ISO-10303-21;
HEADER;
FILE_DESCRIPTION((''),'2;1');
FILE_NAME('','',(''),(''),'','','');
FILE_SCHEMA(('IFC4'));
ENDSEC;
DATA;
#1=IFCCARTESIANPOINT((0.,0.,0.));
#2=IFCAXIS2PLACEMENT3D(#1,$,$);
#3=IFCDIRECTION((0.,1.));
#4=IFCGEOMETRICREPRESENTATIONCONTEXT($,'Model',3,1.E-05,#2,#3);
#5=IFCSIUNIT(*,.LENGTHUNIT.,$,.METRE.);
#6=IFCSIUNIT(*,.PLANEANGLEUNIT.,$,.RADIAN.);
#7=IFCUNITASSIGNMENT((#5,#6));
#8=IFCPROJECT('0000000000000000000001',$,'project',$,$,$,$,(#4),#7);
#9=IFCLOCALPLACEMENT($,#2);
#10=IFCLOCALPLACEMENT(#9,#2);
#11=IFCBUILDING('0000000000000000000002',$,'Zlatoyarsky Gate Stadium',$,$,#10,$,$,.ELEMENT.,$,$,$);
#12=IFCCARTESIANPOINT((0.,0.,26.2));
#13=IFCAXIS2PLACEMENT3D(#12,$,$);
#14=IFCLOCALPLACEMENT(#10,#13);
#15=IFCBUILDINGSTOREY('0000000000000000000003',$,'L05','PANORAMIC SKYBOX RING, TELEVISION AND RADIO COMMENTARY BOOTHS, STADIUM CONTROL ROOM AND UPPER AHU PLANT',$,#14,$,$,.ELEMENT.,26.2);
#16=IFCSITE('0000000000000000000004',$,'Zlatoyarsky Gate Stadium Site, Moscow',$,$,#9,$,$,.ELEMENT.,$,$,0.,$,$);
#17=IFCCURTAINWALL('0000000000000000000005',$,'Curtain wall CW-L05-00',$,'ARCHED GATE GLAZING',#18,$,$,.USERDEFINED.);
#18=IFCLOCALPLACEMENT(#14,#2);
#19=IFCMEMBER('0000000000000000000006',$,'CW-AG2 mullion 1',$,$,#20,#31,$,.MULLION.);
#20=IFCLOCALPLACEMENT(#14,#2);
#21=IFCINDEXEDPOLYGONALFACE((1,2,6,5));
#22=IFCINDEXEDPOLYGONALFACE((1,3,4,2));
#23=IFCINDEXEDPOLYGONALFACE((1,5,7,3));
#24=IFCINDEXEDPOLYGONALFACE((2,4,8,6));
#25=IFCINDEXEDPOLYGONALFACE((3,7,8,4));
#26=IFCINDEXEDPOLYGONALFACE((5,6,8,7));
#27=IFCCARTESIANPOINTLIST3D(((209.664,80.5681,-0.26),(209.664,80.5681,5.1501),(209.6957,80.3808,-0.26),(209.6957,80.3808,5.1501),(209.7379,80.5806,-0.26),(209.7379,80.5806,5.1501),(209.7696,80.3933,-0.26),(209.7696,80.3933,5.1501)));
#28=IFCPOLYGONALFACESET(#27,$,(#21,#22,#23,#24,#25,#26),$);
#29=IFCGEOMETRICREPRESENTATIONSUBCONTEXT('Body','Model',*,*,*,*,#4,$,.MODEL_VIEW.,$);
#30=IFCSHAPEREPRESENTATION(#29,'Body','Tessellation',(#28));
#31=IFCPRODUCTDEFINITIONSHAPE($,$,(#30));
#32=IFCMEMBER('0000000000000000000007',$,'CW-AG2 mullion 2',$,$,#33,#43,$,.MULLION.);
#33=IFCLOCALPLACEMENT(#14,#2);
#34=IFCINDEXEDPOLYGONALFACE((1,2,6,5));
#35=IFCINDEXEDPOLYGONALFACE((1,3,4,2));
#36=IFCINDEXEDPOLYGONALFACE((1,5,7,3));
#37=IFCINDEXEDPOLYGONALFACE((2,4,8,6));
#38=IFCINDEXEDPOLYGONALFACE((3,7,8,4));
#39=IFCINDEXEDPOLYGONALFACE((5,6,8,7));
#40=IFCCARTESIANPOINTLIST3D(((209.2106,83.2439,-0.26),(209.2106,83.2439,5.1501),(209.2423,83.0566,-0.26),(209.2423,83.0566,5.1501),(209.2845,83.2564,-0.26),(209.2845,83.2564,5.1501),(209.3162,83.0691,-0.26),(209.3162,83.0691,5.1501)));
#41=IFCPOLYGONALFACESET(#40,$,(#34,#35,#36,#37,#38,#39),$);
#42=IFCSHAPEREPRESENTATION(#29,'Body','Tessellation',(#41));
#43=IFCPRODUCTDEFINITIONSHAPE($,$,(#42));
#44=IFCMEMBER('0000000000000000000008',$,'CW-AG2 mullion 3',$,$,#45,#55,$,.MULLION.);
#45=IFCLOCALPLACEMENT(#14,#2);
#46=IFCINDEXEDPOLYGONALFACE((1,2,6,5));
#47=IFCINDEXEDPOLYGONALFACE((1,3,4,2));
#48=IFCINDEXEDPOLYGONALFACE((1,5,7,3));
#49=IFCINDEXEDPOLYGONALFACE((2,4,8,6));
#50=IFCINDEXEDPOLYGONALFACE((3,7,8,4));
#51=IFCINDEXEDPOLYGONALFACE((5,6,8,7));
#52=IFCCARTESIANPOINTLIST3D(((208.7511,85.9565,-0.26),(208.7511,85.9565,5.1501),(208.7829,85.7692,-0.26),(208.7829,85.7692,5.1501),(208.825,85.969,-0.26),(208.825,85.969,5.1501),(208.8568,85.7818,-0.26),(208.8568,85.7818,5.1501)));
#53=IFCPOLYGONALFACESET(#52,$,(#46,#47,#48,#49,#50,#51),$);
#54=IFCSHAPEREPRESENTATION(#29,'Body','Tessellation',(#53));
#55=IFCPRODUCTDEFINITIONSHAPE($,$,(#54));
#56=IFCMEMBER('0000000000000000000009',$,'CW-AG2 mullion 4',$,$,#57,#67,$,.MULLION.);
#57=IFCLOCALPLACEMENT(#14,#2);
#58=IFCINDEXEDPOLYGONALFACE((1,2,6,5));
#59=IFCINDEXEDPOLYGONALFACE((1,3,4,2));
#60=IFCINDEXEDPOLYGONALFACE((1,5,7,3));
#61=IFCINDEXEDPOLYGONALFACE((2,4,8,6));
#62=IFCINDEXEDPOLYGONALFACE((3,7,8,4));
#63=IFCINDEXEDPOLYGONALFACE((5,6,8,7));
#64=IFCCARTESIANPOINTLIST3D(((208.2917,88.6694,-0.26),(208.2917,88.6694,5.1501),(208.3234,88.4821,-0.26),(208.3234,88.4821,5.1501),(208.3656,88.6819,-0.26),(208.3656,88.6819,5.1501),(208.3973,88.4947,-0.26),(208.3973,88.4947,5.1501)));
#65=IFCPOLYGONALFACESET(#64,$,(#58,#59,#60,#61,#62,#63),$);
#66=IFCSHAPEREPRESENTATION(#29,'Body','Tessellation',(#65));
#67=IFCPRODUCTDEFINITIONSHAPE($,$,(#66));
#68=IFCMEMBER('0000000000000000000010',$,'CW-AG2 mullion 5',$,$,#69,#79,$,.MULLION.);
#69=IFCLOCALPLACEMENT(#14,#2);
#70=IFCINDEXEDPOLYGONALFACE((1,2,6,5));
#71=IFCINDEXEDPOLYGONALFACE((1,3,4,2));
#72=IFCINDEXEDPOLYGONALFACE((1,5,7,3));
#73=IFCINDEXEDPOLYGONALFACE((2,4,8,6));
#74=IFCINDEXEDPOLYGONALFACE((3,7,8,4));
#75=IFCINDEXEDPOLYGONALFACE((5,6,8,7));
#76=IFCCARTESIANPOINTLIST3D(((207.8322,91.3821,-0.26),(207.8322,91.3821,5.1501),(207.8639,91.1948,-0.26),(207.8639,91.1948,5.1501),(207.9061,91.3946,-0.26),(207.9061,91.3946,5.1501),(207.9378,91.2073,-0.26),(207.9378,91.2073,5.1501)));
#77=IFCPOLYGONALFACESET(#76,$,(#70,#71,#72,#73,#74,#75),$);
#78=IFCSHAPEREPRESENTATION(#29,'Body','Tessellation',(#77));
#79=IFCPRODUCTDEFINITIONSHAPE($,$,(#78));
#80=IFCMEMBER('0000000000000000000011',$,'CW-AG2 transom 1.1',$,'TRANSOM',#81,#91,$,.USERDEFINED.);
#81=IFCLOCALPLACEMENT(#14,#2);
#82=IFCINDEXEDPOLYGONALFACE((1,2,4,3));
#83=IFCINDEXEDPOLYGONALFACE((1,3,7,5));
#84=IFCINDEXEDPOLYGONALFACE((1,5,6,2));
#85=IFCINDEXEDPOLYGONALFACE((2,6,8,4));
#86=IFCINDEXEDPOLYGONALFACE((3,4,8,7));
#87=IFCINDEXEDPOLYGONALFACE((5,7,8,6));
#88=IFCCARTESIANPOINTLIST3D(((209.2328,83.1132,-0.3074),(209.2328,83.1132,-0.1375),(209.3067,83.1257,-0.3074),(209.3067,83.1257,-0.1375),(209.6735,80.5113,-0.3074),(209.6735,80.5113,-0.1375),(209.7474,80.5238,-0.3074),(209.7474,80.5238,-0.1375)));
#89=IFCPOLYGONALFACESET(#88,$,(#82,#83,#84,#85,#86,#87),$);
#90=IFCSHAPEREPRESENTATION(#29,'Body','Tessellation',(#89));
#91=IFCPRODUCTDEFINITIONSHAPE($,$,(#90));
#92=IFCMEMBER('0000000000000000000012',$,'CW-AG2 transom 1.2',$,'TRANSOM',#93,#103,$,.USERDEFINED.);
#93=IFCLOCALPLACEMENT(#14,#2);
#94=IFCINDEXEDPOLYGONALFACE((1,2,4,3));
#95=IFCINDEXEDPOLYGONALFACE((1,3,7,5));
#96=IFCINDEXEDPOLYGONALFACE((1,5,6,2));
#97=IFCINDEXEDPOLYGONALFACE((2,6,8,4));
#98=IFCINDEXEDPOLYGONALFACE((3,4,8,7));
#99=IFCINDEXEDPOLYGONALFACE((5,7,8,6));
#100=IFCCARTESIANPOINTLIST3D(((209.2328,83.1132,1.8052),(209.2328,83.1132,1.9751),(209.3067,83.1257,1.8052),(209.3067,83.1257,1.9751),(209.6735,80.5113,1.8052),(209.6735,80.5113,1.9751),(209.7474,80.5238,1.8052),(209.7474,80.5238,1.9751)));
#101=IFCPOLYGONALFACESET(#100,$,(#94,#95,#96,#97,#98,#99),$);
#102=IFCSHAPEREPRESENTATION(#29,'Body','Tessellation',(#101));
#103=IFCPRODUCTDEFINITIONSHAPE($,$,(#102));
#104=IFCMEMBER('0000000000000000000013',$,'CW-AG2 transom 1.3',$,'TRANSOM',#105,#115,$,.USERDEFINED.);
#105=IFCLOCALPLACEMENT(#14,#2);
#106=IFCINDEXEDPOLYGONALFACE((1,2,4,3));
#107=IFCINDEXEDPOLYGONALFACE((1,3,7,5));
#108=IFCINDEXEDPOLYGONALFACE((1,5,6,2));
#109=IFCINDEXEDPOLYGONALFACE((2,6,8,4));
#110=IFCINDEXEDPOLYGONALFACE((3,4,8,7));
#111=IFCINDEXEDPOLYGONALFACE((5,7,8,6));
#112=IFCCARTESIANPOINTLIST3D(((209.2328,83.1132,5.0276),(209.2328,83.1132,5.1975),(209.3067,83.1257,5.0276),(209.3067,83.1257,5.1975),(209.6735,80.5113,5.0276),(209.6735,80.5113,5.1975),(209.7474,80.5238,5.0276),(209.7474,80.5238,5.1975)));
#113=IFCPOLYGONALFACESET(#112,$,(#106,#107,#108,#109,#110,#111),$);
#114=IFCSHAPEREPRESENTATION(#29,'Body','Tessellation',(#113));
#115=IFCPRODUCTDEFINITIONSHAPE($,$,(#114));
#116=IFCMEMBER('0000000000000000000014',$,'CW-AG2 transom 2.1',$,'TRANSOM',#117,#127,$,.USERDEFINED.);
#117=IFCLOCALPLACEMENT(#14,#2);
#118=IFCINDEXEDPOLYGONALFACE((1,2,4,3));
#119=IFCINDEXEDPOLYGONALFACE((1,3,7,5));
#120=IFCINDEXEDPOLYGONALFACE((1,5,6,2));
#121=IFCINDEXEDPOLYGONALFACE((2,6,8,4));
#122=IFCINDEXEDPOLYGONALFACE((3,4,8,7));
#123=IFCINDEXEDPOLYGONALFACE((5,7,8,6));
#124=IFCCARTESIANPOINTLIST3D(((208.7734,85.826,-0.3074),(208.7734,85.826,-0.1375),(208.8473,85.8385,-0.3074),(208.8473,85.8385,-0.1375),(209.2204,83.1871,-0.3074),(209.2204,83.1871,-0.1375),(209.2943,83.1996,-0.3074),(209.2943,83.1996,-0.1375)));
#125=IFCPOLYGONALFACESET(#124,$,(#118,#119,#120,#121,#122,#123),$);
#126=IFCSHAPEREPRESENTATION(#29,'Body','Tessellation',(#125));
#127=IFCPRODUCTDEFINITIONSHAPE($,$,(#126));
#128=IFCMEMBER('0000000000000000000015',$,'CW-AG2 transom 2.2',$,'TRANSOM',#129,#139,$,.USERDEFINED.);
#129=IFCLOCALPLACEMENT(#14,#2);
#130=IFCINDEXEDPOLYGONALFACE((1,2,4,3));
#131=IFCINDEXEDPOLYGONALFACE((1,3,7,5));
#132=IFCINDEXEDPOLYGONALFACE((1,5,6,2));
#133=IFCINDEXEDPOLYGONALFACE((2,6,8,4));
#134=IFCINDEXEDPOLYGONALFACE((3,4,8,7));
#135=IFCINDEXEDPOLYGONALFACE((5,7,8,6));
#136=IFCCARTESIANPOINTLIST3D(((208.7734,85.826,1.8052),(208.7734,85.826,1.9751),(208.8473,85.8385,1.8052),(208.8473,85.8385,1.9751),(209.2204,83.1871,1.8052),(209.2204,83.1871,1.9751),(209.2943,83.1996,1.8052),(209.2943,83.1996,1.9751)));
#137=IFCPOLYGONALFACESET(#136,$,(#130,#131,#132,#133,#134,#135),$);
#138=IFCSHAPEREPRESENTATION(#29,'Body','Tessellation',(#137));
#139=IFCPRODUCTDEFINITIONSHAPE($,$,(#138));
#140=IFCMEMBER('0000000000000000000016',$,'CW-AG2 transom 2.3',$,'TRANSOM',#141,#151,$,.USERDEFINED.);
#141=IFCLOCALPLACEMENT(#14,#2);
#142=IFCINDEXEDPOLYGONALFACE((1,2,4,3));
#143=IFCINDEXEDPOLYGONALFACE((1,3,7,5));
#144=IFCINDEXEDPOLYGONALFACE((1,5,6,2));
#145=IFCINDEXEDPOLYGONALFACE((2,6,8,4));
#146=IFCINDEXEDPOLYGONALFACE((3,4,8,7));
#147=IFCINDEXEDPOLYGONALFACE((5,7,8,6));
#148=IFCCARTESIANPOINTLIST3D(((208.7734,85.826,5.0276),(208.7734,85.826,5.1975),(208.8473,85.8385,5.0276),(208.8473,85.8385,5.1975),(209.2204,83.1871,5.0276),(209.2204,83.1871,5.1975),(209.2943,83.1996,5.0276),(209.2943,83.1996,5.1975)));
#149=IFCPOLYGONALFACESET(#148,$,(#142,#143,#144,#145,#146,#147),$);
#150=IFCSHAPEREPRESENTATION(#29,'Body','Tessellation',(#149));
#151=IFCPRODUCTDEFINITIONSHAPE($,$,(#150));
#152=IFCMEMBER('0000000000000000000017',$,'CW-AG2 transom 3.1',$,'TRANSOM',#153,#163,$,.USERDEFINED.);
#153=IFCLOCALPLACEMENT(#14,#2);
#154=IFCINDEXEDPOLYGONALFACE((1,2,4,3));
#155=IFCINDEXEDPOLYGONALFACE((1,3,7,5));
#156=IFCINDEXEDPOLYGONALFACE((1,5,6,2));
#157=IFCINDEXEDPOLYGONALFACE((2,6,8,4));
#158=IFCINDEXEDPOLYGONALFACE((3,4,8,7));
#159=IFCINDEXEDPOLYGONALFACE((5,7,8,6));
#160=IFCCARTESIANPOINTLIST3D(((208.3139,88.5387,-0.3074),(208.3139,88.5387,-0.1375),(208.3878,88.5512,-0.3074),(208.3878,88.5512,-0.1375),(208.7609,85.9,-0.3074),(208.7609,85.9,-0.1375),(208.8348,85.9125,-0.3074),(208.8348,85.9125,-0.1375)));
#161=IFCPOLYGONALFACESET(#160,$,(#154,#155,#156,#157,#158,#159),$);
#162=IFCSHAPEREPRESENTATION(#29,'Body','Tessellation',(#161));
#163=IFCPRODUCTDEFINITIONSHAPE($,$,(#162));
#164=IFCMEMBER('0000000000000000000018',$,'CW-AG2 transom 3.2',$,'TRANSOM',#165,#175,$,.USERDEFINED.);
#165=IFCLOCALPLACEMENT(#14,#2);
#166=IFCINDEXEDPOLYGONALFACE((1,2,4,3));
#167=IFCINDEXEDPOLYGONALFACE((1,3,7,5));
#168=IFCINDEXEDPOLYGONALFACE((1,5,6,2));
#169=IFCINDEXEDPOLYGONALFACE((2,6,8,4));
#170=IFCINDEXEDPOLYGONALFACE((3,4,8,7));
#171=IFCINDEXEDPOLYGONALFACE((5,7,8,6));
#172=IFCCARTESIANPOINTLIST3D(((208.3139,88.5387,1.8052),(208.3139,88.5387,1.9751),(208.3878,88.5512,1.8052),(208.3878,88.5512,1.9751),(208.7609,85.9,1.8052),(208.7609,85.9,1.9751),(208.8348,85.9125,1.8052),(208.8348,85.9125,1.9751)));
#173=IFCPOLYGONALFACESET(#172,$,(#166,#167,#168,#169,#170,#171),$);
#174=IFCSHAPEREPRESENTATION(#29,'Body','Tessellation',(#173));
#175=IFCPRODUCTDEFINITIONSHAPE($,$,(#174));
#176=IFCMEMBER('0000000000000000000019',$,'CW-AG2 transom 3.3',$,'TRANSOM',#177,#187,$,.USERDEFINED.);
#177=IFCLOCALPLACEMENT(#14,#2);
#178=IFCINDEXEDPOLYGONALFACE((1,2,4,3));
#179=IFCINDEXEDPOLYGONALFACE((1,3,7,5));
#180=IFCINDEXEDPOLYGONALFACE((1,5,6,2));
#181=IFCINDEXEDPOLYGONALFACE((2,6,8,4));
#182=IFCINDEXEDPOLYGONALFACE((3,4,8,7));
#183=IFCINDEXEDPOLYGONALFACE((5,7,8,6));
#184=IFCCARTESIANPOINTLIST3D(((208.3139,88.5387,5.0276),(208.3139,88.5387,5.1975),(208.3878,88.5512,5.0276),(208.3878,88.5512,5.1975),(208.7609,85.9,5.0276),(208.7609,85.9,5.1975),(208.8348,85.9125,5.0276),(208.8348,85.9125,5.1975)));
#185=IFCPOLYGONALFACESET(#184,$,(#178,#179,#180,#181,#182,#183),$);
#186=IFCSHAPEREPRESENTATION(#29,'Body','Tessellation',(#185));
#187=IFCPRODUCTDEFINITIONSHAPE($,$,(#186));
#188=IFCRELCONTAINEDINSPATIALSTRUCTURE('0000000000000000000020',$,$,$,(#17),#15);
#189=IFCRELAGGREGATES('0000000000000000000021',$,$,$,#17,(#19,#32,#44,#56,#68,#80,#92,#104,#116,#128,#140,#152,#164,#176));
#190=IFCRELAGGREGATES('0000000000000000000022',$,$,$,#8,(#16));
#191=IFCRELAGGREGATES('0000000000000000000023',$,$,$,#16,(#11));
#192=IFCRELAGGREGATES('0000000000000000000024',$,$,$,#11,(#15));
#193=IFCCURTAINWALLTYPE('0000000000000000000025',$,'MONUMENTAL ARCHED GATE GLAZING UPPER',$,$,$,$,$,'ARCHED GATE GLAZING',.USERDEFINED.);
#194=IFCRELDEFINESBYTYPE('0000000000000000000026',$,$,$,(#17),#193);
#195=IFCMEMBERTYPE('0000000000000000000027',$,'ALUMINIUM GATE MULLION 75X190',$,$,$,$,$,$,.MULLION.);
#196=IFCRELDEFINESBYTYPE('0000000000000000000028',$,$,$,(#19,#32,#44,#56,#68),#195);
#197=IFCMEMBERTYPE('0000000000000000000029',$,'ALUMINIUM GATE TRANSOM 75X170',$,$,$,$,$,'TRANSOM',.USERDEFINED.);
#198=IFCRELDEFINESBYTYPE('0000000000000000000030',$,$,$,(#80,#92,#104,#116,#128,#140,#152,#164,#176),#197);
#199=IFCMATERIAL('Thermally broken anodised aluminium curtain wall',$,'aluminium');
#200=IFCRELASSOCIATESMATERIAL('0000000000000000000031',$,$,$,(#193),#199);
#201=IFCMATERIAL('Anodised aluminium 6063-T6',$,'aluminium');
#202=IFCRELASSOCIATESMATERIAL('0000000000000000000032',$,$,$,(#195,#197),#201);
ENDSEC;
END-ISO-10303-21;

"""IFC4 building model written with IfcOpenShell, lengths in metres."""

from ifc_helpers import new_model, si_unit, direction, frame, origin, origin_2d, place, context, subcontext, project, spatial, rectangle, extrude, material, material_profile, profile_set, type_object, element, aggregate, save


model = new_model("IFC4")

# Units and contexts
model_context = context("Model", 3, precision=1e-05, world=origin(), true_north=direction((0.0, 1.0)))
body_context = subcontext(model_context, "Body", "Model", "MODEL_VIEW")
ifc_project = project(units=[si_unit("LENGTHUNIT", "METRE"), si_unit("PLANEANGLEUNIT", "RADIAN")], contexts=[model_context])

# Site, building, storey
site_placement = place(None, origin())
site = spatial("IfcSite", under=ifc_project, at=site_placement, Name="Zlatoyarsky Gate Stadium Site, Moscow", CompositionType="ELEMENT", RefElevation=0.0)
building_placement = place(site_placement, origin())
building = spatial("IfcBuilding", under=site, at=building_placement, Name="Zlatoyarsky Gate Stadium", CompositionType="ELEMENT")
storey_placement = place(building_placement, frame((0.0, 0.0, 26.2)))
storey = spatial("IfcBuildingStorey", under=building, at=storey_placement, Name="L05", Description="PANORAMIC SKYBOX RING, TELEVISION AND RADIO COMMENTARY BOOTHS, STADIUM CONTROL ROOM AND UPPER AHU PLANT", CompositionType="ELEMENT", Elevation=26.2)

# Curtain wall, members
ifc_material_1 = material(Name="Thermally broken anodised aluminium curtain wall", Category="aluminium")
curtain_wall_type = type_object("IfcCurtainWallType", Name="MONUMENTAL ARCHED GATE GLAZING UPPER", ElementType="ARCHED GATE GLAZING", PredefinedType="USERDEFINED", material=ifc_material_1)
curtain_wall_placement = place(storey_placement, origin())
curtain_wall = element("IfcCurtainWall", 1, at=curtain_wall_placement, inside=storey, type_object=curtain_wall_type, Name="Curtain wall CW-L05-00", ObjectType="ARCHED GATE GLAZING", PredefinedType="USERDEFINED")
ifc_material_2 = material(Name="Anodised aluminium 6063-T6", Category="aluminium")
ifc_material_profile_1 = material_profile(ifc_material_2, rectangle(XDim=0.075, YDim=0.1899, at=origin_2d()), Name="ALU 75X190")
ifc_profile_set_1 = profile_set([ifc_material_profile_1], Name="Anodised aluminium 6063-T6")
member_type_1 = type_object("IfcMemberType", Name="ALUMINIUM GATE MULLION 75X190", PredefinedType="MULLION", material=ifc_profile_set_1)
member_1_placement = place(storey_placement, frame((209.7168, 80.4807, -0.26), z_axis=(0.0, 0.0, 1.0), x_axis=(-0.985958, -0.166995, 0.0)))
member_1 = element("IfcMember", 2, at=member_1_placement, type_object=member_type_1, Name="CW-AG2 mullion 1", PredefinedType="MULLION", context=body_context, shape_type="SweptSolid", body=[
    extrude(rectangle(XDim=0.075, YDim=0.1899, at=origin_2d()), origin(), (0.0, 0.0, 1.0), 5.4102),
])
member_2_placement = place(storey_placement, frame((209.2634, 83.1565, -0.26), z_axis=(0.0, 0.0, 1.0), x_axis=(-0.985958, -0.166995, 0.0)))
member_2 = element("IfcMember", 3, at=member_2_placement, type_object=member_type_1, Name="CW-AG2 mullion 2", PredefinedType="MULLION", context=body_context, shape_type="SweptSolid", body=[
    extrude(rectangle(XDim=0.075, YDim=0.1899, at=origin_2d()), origin(), (0.0, 0.0, 1.0), 5.4102),
])
member_3_placement = place(storey_placement, frame((208.804, 85.8691, -0.26), z_axis=(0.0, 0.0, 1.0), x_axis=(-0.985958, -0.166995, 0.0)))
member_3 = element("IfcMember", 4, at=member_3_placement, type_object=member_type_1, Name="CW-AG2 mullion 3", PredefinedType="MULLION", context=body_context, shape_type="SweptSolid", body=[
    extrude(rectangle(XDim=0.075, YDim=0.1899, at=origin_2d()), origin(), (0.0, 0.0, 1.0), 5.4102),
])
member_4_placement = place(storey_placement, frame((208.3445, 88.582, -0.26), z_axis=(0.0, 0.0, 1.0), x_axis=(-0.985958, -0.166995, 0.0)))
member_4 = element("IfcMember", 5, at=member_4_placement, type_object=member_type_1, Name="CW-AG2 mullion 4", PredefinedType="MULLION", context=body_context, shape_type="SweptSolid", body=[
    extrude(rectangle(XDim=0.075, YDim=0.1899, at=origin_2d()), origin(), (0.0, 0.0, 1.0), 5.4102),
])
member_5_placement = place(storey_placement, frame((207.885, 91.2947, -0.26), z_axis=(0.0, 0.0, 1.0), x_axis=(-0.985958, -0.166995, 0.0)))
member_5 = element("IfcMember", 6, at=member_5_placement, type_object=member_type_1, Name="CW-AG2 mullion 5", PredefinedType="MULLION", context=body_context, shape_type="SweptSolid", body=[
    extrude(rectangle(XDim=0.075, YDim=0.1899, at=origin_2d()), origin(), (0.0, 0.0, 1.0), 5.4102),
])
ifc_material_profile_2 = material_profile(ifc_material_2, rectangle(XDim=0.075, YDim=0.1699, at=origin_2d()), Name="ALU 75X170")
ifc_profile_set_2 = profile_set([ifc_material_profile_2], Name="Anodised aluminium 6063-T6")
member_type_2 = type_object("IfcMemberType", Name="ALUMINIUM GATE TRANSOM 75X170", ElementType="TRANSOM", PredefinedType="USERDEFINED", material=ifc_profile_set_2)
member_6_placement = place(storey_placement, frame((209.7104, 80.5176, -0.2224), z_axis=(-0.166994, 0.985958, 0.0), x_axis=(-0.985958, -0.166994, 0.0)))
member_6 = element("IfcMember", 7, at=member_6_placement, type_object=member_type_2, Name="CW-AG2 transom 1.1", ObjectType="TRANSOM", PredefinedType="USERDEFINED", context=body_context, shape_type="SweptSolid", body=[
    extrude(rectangle(XDim=0.075, YDim=0.1699, at=origin_2d()), origin(), (0.0, 0.0, 1.0), 2.6389),
])
member_7_placement = place(storey_placement, frame((209.7104, 80.5176, 1.8901), z_axis=(-0.166994, 0.985958, 0.0), x_axis=(-0.985958, -0.166994, 0.0)))
member_7 = element("IfcMember", 8, at=member_7_placement, type_object=member_type_2, Name="CW-AG2 transom 1.2", ObjectType="TRANSOM", PredefinedType="USERDEFINED", context=body_context, shape_type="SweptSolid", body=[
    extrude(rectangle(XDim=0.075, YDim=0.1699, at=origin_2d()), origin(), (0.0, 0.0, 1.0), 2.6389),
])
member_8_placement = place(storey_placement, frame((209.7104, 80.5176, 5.1125), z_axis=(-0.166994, 0.985958, 0.0), x_axis=(-0.985958, -0.166994, 0.0)))
member_8 = element("IfcMember", 9, at=member_8_placement, type_object=member_type_2, Name="CW-AG2 transom 1.3", ObjectType="TRANSOM", PredefinedType="USERDEFINED", context=body_context, shape_type="SweptSolid", body=[
    extrude(rectangle(XDim=0.075, YDim=0.1699, at=origin_2d()), origin(), (0.0, 0.0, 1.0), 2.6389),
])
member_9_placement = place(storey_placement, frame((209.2573, 83.1934, -0.2224), z_axis=(-0.167017, 0.985954, 0.0), x_axis=(-0.985954, -0.167017, 0.0)))
member_9 = element("IfcMember", 10, at=member_9_placement, type_object=member_type_2, Name="CW-AG2 transom 2.1", ObjectType="TRANSOM", PredefinedType="USERDEFINED", context=body_context, shape_type="SweptSolid", body=[
    extrude(rectangle(XDim=0.075, YDim=0.1699, at=origin_2d()), origin(), (0.0, 0.0, 1.0), 2.6765),
])
member_10_placement = place(storey_placement, frame((209.2573, 83.1934, 1.8901), z_axis=(-0.167017, 0.985954, 0.0), x_axis=(-0.985954, -0.167017, 0.0)))
member_10 = element("IfcMember", 11, at=member_10_placement, type_object=member_type_2, Name="CW-AG2 transom 2.2", ObjectType="TRANSOM", PredefinedType="USERDEFINED", context=body_context, shape_type="SweptSolid", body=[
    extrude(rectangle(XDim=0.075, YDim=0.1699, at=origin_2d()), origin(), (0.0, 0.0, 1.0), 2.6765),
])
member_11_placement = place(storey_placement, frame((209.2573, 83.1934, 5.1125), z_axis=(-0.167017, 0.985954, 0.0), x_axis=(-0.985954, -0.167017, 0.0)))
member_11 = element("IfcMember", 12, at=member_11_placement, type_object=member_type_2, Name="CW-AG2 transom 2.3", ObjectType="TRANSOM", PredefinedType="USERDEFINED", context=body_context, shape_type="SweptSolid", body=[
    extrude(rectangle(XDim=0.075, YDim=0.1699, at=origin_2d()), origin(), (0.0, 0.0, 1.0), 2.6765),
])
member_12_placement = place(storey_placement, frame((208.7979, 85.9062, -0.2224), z_axis=(-0.167032, 0.985952, 0.0), x_axis=(-0.985952, -0.167032, 0.0)))
member_12 = element("IfcMember", 13, at=member_12_placement, type_object=member_type_2, Name="CW-AG2 transom 3.1", ObjectType="TRANSOM", PredefinedType="USERDEFINED", context=body_context, shape_type="SweptSolid", body=[
    extrude(rectangle(XDim=0.075, YDim=0.1699, at=origin_2d()), origin(), (0.0, 0.0, 1.0), 2.6763),
])
member_13_placement = place(storey_placement, frame((208.7979, 85.9062, 1.8901), z_axis=(-0.167032, 0.985952, 0.0), x_axis=(-0.985952, -0.167032, 0.0)))
member_13 = element("IfcMember", 14, at=member_13_placement, type_object=member_type_2, Name="CW-AG2 transom 3.2", ObjectType="TRANSOM", PredefinedType="USERDEFINED", context=body_context, shape_type="SweptSolid", body=[
    extrude(rectangle(XDim=0.075, YDim=0.1699, at=origin_2d()), origin(), (0.0, 0.0, 1.0), 2.6763),
])
member_14_placement = place(storey_placement, frame((208.7979, 85.9062, 5.1125), z_axis=(-0.167032, 0.985952, 0.0), x_axis=(-0.985952, -0.167032, 0.0)))
member_14 = element("IfcMember", 15, at=member_14_placement, type_object=member_type_2, Name="CW-AG2 transom 3.3", ObjectType="TRANSOM", PredefinedType="USERDEFINED", context=body_context, shape_type="SweptSolid", body=[
    extrude(rectangle(XDim=0.075, YDim=0.1699, at=origin_2d()), origin(), (0.0, 0.0, 1.0), 2.6763),
])

aggregate(curtain_wall, [member_1, member_2, member_3, member_4, member_5, member_6, member_7, member_8, member_9, member_10, member_11, member_12, member_13, member_14])

save(model, "model.ifc")
